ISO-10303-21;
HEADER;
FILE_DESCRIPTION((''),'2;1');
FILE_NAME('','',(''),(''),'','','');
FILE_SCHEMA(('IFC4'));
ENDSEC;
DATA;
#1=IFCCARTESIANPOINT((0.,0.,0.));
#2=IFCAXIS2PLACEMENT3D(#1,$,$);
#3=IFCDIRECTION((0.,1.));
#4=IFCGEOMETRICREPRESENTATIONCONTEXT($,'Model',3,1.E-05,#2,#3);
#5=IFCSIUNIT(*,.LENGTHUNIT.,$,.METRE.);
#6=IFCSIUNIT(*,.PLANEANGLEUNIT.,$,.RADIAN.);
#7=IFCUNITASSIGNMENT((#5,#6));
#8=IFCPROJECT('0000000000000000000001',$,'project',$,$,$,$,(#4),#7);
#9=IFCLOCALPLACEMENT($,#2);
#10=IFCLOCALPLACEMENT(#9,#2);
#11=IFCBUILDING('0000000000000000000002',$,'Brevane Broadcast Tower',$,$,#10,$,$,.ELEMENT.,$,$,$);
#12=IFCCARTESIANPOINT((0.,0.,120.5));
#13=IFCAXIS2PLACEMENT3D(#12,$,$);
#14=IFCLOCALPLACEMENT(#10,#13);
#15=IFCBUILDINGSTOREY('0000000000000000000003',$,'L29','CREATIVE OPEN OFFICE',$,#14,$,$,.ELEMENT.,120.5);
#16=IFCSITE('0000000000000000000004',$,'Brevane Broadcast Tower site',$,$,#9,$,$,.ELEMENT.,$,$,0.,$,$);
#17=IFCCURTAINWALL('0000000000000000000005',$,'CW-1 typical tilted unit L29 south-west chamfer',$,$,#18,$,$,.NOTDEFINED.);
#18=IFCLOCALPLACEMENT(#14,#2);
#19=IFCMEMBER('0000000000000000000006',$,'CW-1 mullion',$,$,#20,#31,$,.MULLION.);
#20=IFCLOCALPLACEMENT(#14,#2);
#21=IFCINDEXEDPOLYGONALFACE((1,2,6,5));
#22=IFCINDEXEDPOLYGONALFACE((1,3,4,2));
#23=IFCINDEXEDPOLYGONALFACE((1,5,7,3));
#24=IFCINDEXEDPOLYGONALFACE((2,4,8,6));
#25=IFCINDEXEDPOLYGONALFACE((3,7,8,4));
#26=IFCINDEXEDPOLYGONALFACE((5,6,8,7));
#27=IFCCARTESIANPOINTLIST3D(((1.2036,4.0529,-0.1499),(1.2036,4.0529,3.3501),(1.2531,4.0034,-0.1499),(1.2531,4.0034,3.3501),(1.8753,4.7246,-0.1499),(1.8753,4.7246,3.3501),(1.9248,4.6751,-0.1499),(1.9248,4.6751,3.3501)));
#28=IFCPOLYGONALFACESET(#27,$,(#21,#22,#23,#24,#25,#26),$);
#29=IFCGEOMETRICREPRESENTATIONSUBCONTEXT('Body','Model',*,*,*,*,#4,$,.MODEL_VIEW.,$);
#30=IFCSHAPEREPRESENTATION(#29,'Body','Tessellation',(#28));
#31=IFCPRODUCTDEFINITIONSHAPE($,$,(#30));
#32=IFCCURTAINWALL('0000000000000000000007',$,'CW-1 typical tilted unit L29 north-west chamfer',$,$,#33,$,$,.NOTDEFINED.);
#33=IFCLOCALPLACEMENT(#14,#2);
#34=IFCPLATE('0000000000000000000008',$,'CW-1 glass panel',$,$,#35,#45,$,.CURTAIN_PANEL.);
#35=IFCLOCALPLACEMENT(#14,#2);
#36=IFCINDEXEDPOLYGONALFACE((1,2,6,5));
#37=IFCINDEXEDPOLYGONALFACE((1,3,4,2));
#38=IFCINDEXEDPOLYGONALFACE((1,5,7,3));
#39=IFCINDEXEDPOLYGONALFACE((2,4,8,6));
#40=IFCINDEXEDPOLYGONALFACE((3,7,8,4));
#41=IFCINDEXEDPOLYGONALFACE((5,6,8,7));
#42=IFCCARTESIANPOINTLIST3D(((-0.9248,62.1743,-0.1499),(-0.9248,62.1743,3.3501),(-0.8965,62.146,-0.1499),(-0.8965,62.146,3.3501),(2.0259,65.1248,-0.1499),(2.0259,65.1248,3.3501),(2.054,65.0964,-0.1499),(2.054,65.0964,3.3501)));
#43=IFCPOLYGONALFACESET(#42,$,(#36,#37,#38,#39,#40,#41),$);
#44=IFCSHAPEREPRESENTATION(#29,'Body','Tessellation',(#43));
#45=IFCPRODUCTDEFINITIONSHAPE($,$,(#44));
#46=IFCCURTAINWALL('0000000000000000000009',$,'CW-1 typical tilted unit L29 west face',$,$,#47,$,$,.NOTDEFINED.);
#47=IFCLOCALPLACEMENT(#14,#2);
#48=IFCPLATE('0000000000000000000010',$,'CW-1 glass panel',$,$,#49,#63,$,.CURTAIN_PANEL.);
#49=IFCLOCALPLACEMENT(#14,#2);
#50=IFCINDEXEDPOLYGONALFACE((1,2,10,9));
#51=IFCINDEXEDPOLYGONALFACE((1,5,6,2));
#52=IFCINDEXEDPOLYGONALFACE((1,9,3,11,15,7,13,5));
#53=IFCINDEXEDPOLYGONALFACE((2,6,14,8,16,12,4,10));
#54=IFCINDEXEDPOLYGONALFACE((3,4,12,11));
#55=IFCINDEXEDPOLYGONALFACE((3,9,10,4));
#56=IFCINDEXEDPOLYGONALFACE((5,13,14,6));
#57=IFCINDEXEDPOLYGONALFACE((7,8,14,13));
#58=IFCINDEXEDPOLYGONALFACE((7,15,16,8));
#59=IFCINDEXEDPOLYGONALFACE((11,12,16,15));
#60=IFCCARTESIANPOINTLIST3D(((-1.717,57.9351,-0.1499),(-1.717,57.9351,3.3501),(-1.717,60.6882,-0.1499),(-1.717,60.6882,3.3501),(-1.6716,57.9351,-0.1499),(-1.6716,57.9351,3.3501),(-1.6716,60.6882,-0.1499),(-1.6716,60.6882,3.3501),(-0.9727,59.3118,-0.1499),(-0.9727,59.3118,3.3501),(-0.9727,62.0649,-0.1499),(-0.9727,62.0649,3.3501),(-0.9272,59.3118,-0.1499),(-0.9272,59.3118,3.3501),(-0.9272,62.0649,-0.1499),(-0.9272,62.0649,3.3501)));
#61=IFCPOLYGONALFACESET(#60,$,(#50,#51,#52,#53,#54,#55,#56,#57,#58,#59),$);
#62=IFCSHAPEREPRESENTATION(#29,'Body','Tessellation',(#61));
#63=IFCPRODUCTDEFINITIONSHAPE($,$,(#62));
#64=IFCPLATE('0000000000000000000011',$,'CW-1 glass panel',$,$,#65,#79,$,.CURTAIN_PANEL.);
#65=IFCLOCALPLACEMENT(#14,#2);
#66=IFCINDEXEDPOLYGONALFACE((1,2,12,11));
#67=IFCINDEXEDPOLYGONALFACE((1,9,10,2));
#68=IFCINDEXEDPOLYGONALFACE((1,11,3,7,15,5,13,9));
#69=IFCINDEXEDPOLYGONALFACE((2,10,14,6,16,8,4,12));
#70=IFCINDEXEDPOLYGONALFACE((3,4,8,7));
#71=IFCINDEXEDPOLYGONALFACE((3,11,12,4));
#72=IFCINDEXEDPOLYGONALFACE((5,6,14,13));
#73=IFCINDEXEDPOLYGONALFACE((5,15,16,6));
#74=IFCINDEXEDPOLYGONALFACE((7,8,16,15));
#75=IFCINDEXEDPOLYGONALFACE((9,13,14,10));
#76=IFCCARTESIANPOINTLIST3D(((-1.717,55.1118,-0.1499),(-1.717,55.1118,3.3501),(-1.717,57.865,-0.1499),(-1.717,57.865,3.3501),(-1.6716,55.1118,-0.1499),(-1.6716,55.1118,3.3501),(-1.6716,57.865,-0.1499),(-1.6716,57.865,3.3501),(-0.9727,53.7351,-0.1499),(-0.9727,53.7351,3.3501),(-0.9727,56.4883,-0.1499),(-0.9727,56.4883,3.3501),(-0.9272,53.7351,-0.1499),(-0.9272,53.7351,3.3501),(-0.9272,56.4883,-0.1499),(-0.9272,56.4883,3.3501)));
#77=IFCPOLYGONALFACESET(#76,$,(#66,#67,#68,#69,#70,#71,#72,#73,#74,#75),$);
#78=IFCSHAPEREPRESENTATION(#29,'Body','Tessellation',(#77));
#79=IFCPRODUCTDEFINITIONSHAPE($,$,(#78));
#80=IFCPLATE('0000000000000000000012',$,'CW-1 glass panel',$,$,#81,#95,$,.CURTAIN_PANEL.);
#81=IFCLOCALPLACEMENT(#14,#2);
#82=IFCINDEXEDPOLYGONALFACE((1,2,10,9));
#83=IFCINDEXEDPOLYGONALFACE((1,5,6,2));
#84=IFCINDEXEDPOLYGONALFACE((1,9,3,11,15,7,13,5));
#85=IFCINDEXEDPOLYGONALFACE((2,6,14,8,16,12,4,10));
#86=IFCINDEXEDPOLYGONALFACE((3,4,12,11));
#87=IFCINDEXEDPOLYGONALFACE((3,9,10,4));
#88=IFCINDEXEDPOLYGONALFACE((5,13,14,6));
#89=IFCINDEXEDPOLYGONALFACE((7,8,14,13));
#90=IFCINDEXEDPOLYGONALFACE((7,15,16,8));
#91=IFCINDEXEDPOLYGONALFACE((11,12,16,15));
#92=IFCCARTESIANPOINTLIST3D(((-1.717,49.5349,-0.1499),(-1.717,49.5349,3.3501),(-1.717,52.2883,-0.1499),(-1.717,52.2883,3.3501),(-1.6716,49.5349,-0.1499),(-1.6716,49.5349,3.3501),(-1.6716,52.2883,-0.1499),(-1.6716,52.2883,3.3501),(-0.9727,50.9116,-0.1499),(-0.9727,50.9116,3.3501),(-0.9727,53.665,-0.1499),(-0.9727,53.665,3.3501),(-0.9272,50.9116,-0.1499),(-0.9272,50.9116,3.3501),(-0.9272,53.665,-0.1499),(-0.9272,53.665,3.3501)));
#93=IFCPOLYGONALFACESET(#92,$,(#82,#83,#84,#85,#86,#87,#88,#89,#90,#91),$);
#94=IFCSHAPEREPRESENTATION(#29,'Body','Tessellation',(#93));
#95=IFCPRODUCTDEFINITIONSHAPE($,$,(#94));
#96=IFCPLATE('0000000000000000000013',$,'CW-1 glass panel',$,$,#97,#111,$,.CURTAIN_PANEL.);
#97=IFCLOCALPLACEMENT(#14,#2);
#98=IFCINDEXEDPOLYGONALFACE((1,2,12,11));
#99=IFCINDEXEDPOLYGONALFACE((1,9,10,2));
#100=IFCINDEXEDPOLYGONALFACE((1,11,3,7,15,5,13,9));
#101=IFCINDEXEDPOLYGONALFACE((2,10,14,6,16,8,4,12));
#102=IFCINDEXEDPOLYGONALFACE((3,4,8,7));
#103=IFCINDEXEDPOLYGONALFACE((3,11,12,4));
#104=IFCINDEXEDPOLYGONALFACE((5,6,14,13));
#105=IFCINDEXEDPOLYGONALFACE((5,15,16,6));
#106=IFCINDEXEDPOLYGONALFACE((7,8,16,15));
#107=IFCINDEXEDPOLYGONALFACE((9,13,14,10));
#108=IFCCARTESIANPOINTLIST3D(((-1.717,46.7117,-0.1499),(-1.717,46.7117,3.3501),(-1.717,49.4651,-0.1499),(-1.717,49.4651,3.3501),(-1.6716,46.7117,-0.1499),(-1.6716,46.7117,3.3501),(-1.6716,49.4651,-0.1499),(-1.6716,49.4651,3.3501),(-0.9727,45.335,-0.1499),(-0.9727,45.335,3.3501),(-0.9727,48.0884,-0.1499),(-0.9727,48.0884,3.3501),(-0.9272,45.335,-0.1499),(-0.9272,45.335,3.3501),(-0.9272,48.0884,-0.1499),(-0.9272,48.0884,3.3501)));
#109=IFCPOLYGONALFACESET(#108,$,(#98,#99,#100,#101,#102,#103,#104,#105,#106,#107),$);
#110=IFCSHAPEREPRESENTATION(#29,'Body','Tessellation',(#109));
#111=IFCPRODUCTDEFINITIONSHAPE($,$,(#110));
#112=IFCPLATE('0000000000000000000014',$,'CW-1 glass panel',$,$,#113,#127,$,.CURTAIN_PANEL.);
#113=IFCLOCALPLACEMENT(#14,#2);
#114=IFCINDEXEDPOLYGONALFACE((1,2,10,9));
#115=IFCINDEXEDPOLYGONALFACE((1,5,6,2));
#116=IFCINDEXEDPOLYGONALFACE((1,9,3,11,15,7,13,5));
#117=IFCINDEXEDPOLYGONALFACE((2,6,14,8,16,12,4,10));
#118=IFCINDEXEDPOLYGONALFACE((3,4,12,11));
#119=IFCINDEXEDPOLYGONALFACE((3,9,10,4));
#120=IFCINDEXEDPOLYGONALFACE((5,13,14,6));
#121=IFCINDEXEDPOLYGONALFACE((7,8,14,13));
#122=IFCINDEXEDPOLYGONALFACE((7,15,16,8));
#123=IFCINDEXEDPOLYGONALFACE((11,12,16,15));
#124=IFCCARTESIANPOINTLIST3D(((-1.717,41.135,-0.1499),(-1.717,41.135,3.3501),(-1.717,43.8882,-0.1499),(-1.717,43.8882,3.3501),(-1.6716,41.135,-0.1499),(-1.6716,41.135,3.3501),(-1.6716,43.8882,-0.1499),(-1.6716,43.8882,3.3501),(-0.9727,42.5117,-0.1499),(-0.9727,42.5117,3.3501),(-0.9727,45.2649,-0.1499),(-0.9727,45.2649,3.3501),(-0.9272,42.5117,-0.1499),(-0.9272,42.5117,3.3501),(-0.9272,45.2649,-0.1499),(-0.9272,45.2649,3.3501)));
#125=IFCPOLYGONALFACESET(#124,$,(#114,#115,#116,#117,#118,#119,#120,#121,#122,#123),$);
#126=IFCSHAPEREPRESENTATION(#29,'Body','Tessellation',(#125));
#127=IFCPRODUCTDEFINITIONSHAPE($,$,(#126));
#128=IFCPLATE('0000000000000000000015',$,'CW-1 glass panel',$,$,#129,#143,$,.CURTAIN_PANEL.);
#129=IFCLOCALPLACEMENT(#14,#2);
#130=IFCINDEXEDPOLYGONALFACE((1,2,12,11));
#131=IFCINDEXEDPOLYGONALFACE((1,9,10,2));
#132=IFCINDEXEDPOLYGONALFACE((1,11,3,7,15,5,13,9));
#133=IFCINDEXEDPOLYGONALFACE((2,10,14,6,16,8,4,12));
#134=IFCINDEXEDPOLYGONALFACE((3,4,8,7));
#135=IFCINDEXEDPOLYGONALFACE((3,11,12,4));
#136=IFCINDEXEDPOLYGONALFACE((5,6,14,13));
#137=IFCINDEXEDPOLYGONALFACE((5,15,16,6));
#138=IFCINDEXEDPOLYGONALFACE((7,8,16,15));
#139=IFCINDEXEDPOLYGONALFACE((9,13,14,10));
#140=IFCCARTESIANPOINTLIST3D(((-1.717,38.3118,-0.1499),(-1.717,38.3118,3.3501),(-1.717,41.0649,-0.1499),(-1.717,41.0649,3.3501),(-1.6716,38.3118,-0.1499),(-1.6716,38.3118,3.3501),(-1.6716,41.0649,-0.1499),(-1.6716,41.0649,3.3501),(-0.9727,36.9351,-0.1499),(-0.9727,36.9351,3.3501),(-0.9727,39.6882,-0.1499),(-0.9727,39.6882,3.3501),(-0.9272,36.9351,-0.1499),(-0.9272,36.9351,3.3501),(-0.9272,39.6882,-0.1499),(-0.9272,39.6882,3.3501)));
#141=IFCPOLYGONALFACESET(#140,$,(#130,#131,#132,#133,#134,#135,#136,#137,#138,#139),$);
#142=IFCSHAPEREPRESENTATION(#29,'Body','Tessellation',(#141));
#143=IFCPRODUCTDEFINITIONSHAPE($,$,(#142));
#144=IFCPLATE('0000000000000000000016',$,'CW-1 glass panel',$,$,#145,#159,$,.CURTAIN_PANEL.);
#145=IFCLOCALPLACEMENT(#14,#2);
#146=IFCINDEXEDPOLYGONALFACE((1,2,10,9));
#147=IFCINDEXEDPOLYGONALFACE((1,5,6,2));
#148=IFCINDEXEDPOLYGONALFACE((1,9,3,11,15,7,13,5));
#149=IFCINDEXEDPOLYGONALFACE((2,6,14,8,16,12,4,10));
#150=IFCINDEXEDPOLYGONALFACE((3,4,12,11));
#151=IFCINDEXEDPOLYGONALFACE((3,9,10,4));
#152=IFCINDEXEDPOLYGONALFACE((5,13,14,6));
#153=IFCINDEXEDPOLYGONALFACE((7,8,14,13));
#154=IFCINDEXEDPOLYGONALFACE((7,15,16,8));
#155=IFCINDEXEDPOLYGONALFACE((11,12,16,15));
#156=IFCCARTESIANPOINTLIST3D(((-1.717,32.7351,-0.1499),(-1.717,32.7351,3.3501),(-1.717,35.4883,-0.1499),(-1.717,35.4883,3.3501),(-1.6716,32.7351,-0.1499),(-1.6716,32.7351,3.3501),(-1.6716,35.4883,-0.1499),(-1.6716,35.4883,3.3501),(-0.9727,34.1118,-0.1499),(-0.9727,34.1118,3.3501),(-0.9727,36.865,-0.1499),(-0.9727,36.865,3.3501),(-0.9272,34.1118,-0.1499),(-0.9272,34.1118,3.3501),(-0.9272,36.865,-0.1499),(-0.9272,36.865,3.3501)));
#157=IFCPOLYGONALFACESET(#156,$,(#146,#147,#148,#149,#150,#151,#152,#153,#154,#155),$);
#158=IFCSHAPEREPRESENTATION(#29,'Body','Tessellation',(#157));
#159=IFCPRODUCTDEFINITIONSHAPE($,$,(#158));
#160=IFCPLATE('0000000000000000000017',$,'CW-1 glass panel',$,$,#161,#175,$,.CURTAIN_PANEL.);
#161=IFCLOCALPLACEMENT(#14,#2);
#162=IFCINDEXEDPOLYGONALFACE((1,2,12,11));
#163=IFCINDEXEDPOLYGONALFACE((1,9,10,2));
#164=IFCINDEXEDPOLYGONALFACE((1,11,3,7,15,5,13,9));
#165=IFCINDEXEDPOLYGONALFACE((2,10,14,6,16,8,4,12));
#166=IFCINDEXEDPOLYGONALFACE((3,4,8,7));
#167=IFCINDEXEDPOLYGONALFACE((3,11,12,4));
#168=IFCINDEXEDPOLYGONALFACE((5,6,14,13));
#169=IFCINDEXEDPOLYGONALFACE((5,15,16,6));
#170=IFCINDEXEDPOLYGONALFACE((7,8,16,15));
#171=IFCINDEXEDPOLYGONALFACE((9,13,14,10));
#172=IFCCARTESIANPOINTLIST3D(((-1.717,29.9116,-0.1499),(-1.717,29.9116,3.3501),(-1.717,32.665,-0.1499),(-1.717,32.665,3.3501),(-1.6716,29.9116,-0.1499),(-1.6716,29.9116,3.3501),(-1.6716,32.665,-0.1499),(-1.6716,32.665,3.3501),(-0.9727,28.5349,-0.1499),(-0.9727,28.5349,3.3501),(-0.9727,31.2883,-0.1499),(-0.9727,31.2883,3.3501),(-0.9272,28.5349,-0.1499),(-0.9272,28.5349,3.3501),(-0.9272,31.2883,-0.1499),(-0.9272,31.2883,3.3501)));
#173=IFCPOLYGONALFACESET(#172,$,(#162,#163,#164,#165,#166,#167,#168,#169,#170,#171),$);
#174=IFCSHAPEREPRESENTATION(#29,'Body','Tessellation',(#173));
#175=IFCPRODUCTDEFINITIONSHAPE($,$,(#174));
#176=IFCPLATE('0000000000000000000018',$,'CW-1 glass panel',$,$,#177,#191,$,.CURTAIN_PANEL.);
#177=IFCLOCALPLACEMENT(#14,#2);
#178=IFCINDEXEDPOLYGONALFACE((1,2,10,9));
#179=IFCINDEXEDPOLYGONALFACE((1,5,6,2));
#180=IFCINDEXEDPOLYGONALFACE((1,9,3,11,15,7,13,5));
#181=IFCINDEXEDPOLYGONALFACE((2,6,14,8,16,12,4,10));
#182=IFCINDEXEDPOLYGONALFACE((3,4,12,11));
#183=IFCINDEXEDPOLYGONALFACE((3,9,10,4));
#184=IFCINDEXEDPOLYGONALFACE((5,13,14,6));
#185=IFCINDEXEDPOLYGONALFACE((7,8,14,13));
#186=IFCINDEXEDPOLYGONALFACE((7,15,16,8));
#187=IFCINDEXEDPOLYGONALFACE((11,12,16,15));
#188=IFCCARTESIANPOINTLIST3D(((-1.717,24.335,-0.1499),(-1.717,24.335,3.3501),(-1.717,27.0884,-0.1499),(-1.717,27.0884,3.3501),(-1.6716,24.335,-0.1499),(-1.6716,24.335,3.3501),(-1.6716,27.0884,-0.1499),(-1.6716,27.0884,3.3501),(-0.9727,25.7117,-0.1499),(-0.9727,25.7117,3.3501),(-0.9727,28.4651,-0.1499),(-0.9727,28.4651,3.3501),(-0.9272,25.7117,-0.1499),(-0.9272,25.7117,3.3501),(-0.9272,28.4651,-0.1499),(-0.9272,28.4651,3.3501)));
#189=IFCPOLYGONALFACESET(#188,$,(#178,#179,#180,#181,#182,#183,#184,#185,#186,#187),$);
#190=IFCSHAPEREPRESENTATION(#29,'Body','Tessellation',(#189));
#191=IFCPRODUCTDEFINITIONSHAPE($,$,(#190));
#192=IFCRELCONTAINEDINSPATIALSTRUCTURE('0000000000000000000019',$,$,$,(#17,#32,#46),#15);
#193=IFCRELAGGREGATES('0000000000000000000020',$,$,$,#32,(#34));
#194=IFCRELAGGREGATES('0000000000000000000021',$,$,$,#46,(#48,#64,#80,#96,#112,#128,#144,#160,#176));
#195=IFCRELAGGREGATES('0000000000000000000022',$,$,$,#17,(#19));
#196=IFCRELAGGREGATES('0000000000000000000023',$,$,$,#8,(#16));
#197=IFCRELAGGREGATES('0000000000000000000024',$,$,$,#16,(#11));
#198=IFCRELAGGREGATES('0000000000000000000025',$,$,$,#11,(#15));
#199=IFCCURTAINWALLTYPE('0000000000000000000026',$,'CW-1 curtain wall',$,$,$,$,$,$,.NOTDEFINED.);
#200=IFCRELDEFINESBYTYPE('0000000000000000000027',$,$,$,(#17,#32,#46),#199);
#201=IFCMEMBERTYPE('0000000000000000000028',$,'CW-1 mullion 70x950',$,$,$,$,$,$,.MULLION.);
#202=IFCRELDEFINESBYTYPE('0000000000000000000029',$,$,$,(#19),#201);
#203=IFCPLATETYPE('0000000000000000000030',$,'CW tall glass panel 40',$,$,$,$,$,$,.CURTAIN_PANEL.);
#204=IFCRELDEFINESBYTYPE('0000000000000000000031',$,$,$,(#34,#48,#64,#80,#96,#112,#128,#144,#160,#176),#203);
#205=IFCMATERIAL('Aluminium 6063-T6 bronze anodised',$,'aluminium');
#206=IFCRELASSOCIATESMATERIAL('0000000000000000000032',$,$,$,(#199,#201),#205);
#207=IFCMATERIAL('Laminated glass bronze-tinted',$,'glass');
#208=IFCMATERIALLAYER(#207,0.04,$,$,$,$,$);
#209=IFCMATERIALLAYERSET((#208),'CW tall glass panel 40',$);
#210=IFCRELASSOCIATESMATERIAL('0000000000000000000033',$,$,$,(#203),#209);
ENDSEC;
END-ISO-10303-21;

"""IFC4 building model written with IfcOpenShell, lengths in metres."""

from ifc_helpers import new_model, si_unit, direction, frame, origin, origin_2d, place, context, subcontext, project, spatial, polyline, rectangle, outline, extrude, material, layer, layer_set, material_profile, profile_set, type_object, element, aggregate, save


model = new_model("IFC4")

# Units and contexts
model_context = context("Model", 3, precision=1e-05, world=origin(), true_north=direction((0.0, 1.0)))
body_context = subcontext(model_context, "Body", "Model", "MODEL_VIEW")
ifc_project = project(units=[si_unit("LENGTHUNIT", "METRE"), si_unit("PLANEANGLEUNIT", "RADIAN")], contexts=[model_context])

# Site, building, storey
site_placement = place(None, origin())
site = spatial("IfcSite", under=ifc_project, at=site_placement, Name="Brevane Broadcast Tower site", CompositionType="ELEMENT", RefElevation=0.0)
building_placement = place(site_placement, origin())
building = spatial("IfcBuilding", under=site, at=building_placement, Name="Brevane Broadcast Tower", CompositionType="ELEMENT")
storey_placement = place(building_placement, frame((0.0, 0.0, 120.5)))
storey = spatial("IfcBuildingStorey", under=building, at=storey_placement, Name="L29", Description="CREATIVE OPEN OFFICE", CompositionType="ELEMENT", Elevation=120.5)

# Curtain wall, member
ifc_material_1 = material(Name="Aluminium 6063-T6 bronze anodised", Category="aluminium")
curtain_wall_type = type_object("IfcCurtainWallType", Name="CW-1 curtain wall", PredefinedType="NOTDEFINED", material=ifc_material_1)
curtain_wall_1_placement = place(storey_placement, origin())
curtain_wall_1 = element("IfcCurtainWall", 1, at=curtain_wall_1_placement, inside=storey, type_object=curtain_wall_type, Name="CW-1 typical tilted unit L29 south-west chamfer", PredefinedType="NOTDEFINED")
ifc_material_profile = material_profile(ifc_material_1, rectangle(XDim=0.95, YDim=0.0701, at=origin_2d()), Name="RECT 70x950")
ifc_profile_set = profile_set([ifc_material_profile], Name="Aluminium 6063-T6 bronze anodised")
member_type = type_object("IfcMemberType", Name="CW-1 mullion 70x950", PredefinedType="MULLION", material=ifc_profile_set)
member_placement = place(storey_placement, frame((1.5642, 4.364, -0.1499), z_axis=(0.0, 0.0, 1.0), x_axis=(0.707107, 0.707107, 0.0)))
member = element("IfcMember", 2, at=member_placement, type_object=member_type, Name="CW-1 mullion", PredefinedType="MULLION", context=body_context, shape_type="SweptSolid", body=[
    extrude(rectangle(XDim=0.95, YDim=0.0701, at=origin_2d()), origin(), (0.0, 0.0, 1.0), 3.5),
])

# Curtain wall, plate
curtain_wall_2_placement = place(storey_placement, origin())
curtain_wall_2 = element("IfcCurtainWall", 3, at=curtain_wall_2_placement, inside=storey, type_object=curtain_wall_type, Name="CW-1 typical tilted unit L29 north-west chamfer", PredefinedType="NOTDEFINED")
ifc_material_2 = material(Name="Laminated glass bronze-tinted", Category="glass")
ifc_layer_1 = layer(ifc_material_2, 0.04)
ifc_layer_set_1 = layer_set([ifc_layer_1], Name="CW tall glass panel 40")
plate_type = type_object("IfcPlateType", Name="CW tall glass panel 40", PredefinedType="CURTAIN_PANEL", material=ifc_layer_set_1)
plate_1_placement = place(storey_placement, frame((0.0, 0.0, -0.1499)))
plate_1 = element("IfcPlate", 4, at=plate_1_placement, type_object=plate_type, Name="CW-1 glass panel", PredefinedType="CURTAIN_PANEL", context=body_context, shape_type="SweptSolid", body=[
    extrude(outline(polyline([(2.054, 65.0964), (-0.8965, 62.146), (-0.9248, 62.1743), (2.0259, 65.1248), (2.054, 65.0964)])), origin(), (0.0, 0.0, 1.0), 3.5),
])
aggregate(curtain_wall_2, [plate_1])

# Curtain wall, plates
curtain_wall_3_placement = place(storey_placement, origin())
curtain_wall_3 = element("IfcCurtainWall", 5, at=curtain_wall_3_placement, inside=storey, type_object=curtain_wall_type, Name="CW-1 typical tilted unit L29 west face", PredefinedType="NOTDEFINED")
plate_2_placement = place(storey_placement, frame((0.0, 0.0, -0.1499)))
plate_2 = element("IfcPlate", 6, at=plate_2_placement, type_object=plate_type, Name="CW-1 glass panel", PredefinedType="CURTAIN_PANEL", context=body_context, shape_type="SweptSolid", body=[
    extrude(outline(polyline([(-0.9272, 62.0649), (-0.9727, 62.0649), (-1.717, 60.6882), (-0.9727, 59.3118), (-1.717, 57.9351), (-1.6716, 57.9351), (-0.9272, 59.3118), (-1.6716, 60.6882), (-0.9272, 62.0649)])), origin(), (0.0, 0.0, 1.0), 3.5),
])
plate_3_placement = place(storey_placement, frame((0.0, 0.0, -0.1499)))
plate_3 = element("IfcPlate", 7, at=plate_3_placement, type_object=plate_type, Name="CW-1 glass panel", PredefinedType="CURTAIN_PANEL", context=body_context, shape_type="SweptSolid", body=[
    extrude(outline(polyline([(-1.6716, 57.865), (-1.717, 57.865), (-0.9727, 56.4883), (-1.717, 55.1118), (-0.9727, 53.7351), (-0.9272, 53.7351), (-1.6716, 55.1118), (-0.9272, 56.4883), (-1.6716, 57.865)])), origin(), (0.0, 0.0, 1.0), 3.5),
])
plate_4_placement = place(storey_placement, frame((0.0, 0.0, -0.1499)))
plate_4 = element("IfcPlate", 8, at=plate_4_placement, type_object=plate_type, Name="CW-1 glass panel", PredefinedType="CURTAIN_PANEL", context=body_context, shape_type="SweptSolid", body=[
    extrude(outline(polyline([(-0.9272, 53.665), (-0.9727, 53.665), (-1.717, 52.2883), (-0.9727, 50.9116), (-1.717, 49.5349), (-1.6716, 49.5349), (-0.9272, 50.9116), (-1.6716, 52.2883), (-0.9272, 53.665)])), origin(), (0.0, 0.0, 1.0), 3.5),
])
plate_5_placement = place(storey_placement, frame((0.0, 0.0, -0.1499)))
plate_5 = element("IfcPlate", 9, at=plate_5_placement, type_object=plate_type, Name="CW-1 glass panel", PredefinedType="CURTAIN_PANEL", context=body_context, shape_type="SweptSolid", body=[
    extrude(outline(polyline([(-1.6716, 49.4651), (-1.717, 49.4651), (-0.9727, 48.0884), (-1.717, 46.7117), (-0.9727, 45.335), (-0.9272, 45.335), (-1.6716, 46.7117), (-0.9272, 48.0884), (-1.6716, 49.4651)])), origin(), (0.0, 0.0, 1.0), 3.5),
])
plate_6_placement = place(storey_placement, frame((0.0, 0.0, -0.1499)))
plate_6 = element("IfcPlate", 10, at=plate_6_placement, type_object=plate_type, Name="CW-1 glass panel", PredefinedType="CURTAIN_PANEL", context=body_context, shape_type="SweptSolid", body=[
    extrude(outline(polyline([(-0.9272, 45.2649), (-0.9727, 45.2649), (-1.717, 43.8882), (-0.9727, 42.5117), (-1.717, 41.135), (-1.6716, 41.135), (-0.9272, 42.5117), (-1.6716, 43.8882), (-0.9272, 45.2649)])), origin(), (0.0, 0.0, 1.0), 3.5),
])
plate_7_placement = place(storey_placement, frame((0.0, 0.0, -0.1499)))
plate_7 = element("IfcPlate", 11, at=plate_7_placement, type_object=plate_type, Name="CW-1 glass panel", PredefinedType="CURTAIN_PANEL", context=body_context, shape_type="SweptSolid", body=[
    extrude(outline(polyline([(-1.6716, 41.0649), (-1.717, 41.0649), (-0.9727, 39.6882), (-1.717, 38.3118), (-0.9727, 36.9351), (-0.9272, 36.9351), (-1.6716, 38.3118), (-0.9272, 39.6882), (-1.6716, 41.0649)])), origin(), (0.0, 0.0, 1.0), 3.5),
])
plate_8_placement = place(storey_placement, frame((0.0, 0.0, -0.1499)))
plate_8 = element("IfcPlate", 12, at=plate_8_placement, type_object=plate_type, Name="CW-1 glass panel", PredefinedType="CURTAIN_PANEL", context=body_context, shape_type="SweptSolid", body=[
    extrude(outline(polyline([(-0.9272, 36.865), (-0.9727, 36.865), (-1.717, 35.4883), (-0.9727, 34.1118), (-1.717, 32.7351), (-1.6716, 32.7351), (-0.9272, 34.1118), (-1.6716, 35.4883), (-0.9272, 36.865)])), origin(), (0.0, 0.0, 1.0), 3.5),
])
plate_9_placement = place(storey_placement, frame((0.0, 0.0, -0.1499)))
plate_9 = element("IfcPlate", 13, at=plate_9_placement, type_object=plate_type, Name="CW-1 glass panel", PredefinedType="CURTAIN_PANEL", context=body_context, shape_type="SweptSolid", body=[
    extrude(outline(polyline([(-1.6716, 32.665), (-1.717, 32.665), (-0.9727, 31.2883), (-1.717, 29.9116), (-0.9727, 28.5349), (-0.9272, 28.5349), (-1.6716, 29.9116), (-0.9272, 31.2883), (-1.6716, 32.665)])), origin(), (0.0, 0.0, 1.0), 3.5),
])
plate_10_placement = place(storey_placement, frame((0.0, 0.0, -0.1499)))
plate_10 = element("IfcPlate", 14, at=plate_10_placement, type_object=plate_type, Name="CW-1 glass panel", PredefinedType="CURTAIN_PANEL", context=body_context, shape_type="SweptSolid", body=[
    extrude(outline(polyline([(-0.9272, 28.4651), (-0.9727, 28.4651), (-1.717, 27.0884), (-0.9727, 25.7117), (-1.717, 24.335), (-1.6716, 24.335), (-0.9272, 25.7117), (-1.6716, 27.0884), (-0.9272, 28.4651)])), origin(), (0.0, 0.0, 1.0), 3.5),
])
aggregate(curtain_wall_3, [plate_2, plate_3, plate_4, plate_5, plate_6, plate_7, plate_8, plate_9, plate_10])

aggregate(curtain_wall_1, [member])

save(model, "model.ifc")
